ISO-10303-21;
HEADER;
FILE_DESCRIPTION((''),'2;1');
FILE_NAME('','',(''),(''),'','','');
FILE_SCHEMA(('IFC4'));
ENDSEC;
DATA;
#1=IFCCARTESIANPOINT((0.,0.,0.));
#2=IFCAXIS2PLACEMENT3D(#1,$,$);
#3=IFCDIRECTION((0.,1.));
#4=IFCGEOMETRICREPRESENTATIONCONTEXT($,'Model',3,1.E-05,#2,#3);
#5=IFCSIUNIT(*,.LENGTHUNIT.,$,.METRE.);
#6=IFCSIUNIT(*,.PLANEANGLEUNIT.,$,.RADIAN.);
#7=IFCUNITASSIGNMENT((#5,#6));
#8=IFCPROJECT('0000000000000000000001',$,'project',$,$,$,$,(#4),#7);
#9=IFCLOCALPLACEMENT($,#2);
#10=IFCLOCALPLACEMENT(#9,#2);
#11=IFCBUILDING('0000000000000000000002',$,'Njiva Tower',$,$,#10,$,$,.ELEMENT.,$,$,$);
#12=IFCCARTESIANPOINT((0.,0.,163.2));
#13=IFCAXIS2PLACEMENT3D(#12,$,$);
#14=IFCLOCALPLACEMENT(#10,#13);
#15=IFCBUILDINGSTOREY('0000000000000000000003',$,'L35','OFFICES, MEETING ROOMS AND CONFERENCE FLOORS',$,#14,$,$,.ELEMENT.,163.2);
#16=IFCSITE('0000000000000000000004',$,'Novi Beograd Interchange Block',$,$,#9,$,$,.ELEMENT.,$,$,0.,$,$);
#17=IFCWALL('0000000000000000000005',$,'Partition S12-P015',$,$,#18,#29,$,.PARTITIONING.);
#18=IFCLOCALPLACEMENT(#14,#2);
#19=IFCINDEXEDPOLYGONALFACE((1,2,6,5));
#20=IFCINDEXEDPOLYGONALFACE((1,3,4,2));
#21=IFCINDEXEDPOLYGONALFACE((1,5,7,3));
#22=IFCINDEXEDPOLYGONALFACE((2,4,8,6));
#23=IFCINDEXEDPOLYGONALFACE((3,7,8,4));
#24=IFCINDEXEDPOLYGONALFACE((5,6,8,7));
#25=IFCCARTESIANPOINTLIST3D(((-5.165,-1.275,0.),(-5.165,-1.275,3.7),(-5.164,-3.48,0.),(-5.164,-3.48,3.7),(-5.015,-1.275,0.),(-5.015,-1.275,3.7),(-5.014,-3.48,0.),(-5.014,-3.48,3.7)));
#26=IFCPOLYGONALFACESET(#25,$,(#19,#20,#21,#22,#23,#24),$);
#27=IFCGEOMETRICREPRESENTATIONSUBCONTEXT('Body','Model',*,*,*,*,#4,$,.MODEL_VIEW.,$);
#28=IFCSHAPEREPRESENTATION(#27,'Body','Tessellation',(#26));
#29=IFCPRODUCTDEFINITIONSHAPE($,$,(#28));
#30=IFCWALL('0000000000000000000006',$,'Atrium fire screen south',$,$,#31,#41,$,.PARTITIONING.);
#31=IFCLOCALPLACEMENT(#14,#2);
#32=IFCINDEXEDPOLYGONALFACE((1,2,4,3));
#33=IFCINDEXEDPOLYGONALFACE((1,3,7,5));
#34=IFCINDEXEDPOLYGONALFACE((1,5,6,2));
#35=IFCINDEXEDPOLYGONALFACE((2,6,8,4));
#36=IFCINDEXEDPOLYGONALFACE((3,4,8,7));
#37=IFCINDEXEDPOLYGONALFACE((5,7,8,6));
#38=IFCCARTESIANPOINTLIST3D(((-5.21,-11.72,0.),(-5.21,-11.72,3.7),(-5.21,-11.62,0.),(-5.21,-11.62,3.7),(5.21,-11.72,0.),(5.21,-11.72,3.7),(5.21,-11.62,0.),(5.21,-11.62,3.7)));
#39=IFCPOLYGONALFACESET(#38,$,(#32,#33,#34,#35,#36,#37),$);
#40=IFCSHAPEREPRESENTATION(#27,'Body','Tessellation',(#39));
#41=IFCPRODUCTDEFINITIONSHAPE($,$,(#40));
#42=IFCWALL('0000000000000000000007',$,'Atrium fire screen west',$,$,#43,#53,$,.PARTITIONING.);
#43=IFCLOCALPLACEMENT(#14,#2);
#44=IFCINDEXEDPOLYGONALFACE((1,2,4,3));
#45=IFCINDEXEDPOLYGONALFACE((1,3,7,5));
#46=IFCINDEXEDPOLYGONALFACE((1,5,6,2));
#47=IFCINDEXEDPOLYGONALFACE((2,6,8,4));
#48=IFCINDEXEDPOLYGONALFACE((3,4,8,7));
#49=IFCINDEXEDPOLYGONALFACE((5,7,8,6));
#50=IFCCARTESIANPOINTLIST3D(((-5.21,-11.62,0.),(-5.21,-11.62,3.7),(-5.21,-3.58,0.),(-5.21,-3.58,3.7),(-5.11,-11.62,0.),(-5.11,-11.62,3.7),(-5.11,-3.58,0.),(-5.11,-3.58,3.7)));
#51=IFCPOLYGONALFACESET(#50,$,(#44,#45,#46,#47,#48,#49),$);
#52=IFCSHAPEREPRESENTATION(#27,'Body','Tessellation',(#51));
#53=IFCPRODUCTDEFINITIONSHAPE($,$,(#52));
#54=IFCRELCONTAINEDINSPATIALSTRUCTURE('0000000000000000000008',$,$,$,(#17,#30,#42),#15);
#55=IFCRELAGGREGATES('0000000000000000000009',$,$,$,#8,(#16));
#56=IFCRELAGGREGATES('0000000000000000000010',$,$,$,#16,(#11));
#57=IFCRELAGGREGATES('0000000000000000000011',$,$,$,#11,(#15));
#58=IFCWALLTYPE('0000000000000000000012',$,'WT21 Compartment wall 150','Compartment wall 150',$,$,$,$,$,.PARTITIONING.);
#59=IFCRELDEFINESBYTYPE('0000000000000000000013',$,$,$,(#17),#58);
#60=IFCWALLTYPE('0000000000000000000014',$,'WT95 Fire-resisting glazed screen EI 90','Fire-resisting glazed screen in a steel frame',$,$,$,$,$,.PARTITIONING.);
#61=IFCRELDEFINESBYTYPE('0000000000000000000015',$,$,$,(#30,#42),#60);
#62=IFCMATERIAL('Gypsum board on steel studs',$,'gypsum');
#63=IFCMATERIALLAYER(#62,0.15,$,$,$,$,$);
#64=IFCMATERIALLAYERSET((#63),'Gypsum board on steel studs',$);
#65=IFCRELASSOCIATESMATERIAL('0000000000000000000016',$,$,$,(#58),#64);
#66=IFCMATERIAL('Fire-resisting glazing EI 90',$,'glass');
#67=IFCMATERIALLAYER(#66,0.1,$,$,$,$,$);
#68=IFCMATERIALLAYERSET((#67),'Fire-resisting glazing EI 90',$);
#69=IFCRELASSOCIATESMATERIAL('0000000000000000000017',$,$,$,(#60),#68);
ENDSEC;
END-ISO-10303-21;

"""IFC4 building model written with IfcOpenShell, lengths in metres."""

from ifc_helpers import new_model, si_unit, direction, frame, frame_2d, origin, place, context, subcontext, project, spatial, rectangle, extrude, material, layer, layer_set, type_object, element, save


model = new_model("IFC4")

# Units and contexts
model_context = context("Model", 3, precision=1e-05, world=origin(), true_north=direction((0.0, 1.0)))
body_context = subcontext(model_context, "Body", "Model", "MODEL_VIEW")
ifc_project = project(units=[si_unit("LENGTHUNIT", "METRE"), si_unit("PLANEANGLEUNIT", "RADIAN")], contexts=[model_context])

# Site, building, storey
site_placement = place(None, origin())
site = spatial("IfcSite", under=ifc_project, at=site_placement, Name="Novi Beograd Interchange Block", CompositionType="ELEMENT", RefElevation=0.0)
building_placement = place(site_placement, origin())
building = spatial("IfcBuilding", under=site, at=building_placement, Name="Njiva Tower", CompositionType="ELEMENT")
storey_placement = place(building_placement, frame((0.0, 0.0, 163.2)))
storey = spatial("IfcBuildingStorey", under=building, at=storey_placement, Name="L35", Description="OFFICES, MEETING ROOMS AND CONFERENCE FLOORS", CompositionType="ELEMENT", Elevation=163.2)

# Shared definitions
ifc_material_1 = material(Name="Gypsum board on steel studs", Category="gypsum")
ifc_layer_1 = layer(ifc_material_1, 0.15)
ifc_layer_set_1 = layer_set([ifc_layer_1], Name="Gypsum board on steel studs")
wall_type_1 = type_object("IfcWallType", Name="WT21 Compartment wall 150", Description="Compartment wall 150", PredefinedType="PARTITIONING", material=ifc_layer_set_1)

# Walls
wall_1_placement = place(storey_placement, frame((-5.089, -3.48, 0.0), z_axis=(0.0, 0.0, 1.0), x_axis=(-0.000454, 1.0, 0.0)))
element("IfcWall", 1, at=wall_1_placement, inside=storey, type_object=wall_type_1, Name="Partition S12-P015", PredefinedType="PARTITIONING", context=body_context, shape_type="SweptSolid", body=[
    extrude(rectangle(XDim=2.205, YDim=0.15, at=frame_2d((1.1025, 0.0))), origin(), (0.0, 0.0, 1.0), 3.7),
])
ifc_material_2 = material(Name="Fire-resisting glazing EI 90", Category="glass")
ifc_layer_2 = layer(ifc_material_2, 0.1)
ifc_layer_set_2 = layer_set([ifc_layer_2], Name="Fire-resisting glazing EI 90")
wall_type_2 = type_object("IfcWallType", Name="WT95 Fire-resisting glazed screen EI 90", Description="Fire-resisting glazed screen in a steel frame", PredefinedType="PARTITIONING", material=ifc_layer_set_2)
wall_2_placement = place(storey_placement, frame((-5.21, -11.67, 0.0), z_axis=(0.0, 0.0, 1.0), x_axis=(1.0, 0.0, 0.0)))
element("IfcWall", 2, at=wall_2_placement, inside=storey, type_object=wall_type_2, Name="Atrium fire screen south", PredefinedType="PARTITIONING", context=body_context, shape_type="SweptSolid", body=[
    extrude(rectangle(XDim=10.42, YDim=0.1, at=frame_2d((5.21, 0.0))), origin(), (0.0, 0.0, 1.0), 3.7),
])
wall_3_placement = place(storey_placement, frame((-5.16, -3.58, 0.0), z_axis=(0.0, 0.0, 1.0), x_axis=(0.0, -1.0, 0.0)))
element("IfcWall", 3, at=wall_3_placement, inside=storey, type_object=wall_type_2, Name="Atrium fire screen west", PredefinedType="PARTITIONING", context=body_context, shape_type="SweptSolid", body=[
    extrude(rectangle(XDim=8.04, YDim=0.1, at=frame_2d((4.02, 0.0))), origin(), (0.0, 0.0, 1.0), 3.7),
])

save(model, "model.ifc")
